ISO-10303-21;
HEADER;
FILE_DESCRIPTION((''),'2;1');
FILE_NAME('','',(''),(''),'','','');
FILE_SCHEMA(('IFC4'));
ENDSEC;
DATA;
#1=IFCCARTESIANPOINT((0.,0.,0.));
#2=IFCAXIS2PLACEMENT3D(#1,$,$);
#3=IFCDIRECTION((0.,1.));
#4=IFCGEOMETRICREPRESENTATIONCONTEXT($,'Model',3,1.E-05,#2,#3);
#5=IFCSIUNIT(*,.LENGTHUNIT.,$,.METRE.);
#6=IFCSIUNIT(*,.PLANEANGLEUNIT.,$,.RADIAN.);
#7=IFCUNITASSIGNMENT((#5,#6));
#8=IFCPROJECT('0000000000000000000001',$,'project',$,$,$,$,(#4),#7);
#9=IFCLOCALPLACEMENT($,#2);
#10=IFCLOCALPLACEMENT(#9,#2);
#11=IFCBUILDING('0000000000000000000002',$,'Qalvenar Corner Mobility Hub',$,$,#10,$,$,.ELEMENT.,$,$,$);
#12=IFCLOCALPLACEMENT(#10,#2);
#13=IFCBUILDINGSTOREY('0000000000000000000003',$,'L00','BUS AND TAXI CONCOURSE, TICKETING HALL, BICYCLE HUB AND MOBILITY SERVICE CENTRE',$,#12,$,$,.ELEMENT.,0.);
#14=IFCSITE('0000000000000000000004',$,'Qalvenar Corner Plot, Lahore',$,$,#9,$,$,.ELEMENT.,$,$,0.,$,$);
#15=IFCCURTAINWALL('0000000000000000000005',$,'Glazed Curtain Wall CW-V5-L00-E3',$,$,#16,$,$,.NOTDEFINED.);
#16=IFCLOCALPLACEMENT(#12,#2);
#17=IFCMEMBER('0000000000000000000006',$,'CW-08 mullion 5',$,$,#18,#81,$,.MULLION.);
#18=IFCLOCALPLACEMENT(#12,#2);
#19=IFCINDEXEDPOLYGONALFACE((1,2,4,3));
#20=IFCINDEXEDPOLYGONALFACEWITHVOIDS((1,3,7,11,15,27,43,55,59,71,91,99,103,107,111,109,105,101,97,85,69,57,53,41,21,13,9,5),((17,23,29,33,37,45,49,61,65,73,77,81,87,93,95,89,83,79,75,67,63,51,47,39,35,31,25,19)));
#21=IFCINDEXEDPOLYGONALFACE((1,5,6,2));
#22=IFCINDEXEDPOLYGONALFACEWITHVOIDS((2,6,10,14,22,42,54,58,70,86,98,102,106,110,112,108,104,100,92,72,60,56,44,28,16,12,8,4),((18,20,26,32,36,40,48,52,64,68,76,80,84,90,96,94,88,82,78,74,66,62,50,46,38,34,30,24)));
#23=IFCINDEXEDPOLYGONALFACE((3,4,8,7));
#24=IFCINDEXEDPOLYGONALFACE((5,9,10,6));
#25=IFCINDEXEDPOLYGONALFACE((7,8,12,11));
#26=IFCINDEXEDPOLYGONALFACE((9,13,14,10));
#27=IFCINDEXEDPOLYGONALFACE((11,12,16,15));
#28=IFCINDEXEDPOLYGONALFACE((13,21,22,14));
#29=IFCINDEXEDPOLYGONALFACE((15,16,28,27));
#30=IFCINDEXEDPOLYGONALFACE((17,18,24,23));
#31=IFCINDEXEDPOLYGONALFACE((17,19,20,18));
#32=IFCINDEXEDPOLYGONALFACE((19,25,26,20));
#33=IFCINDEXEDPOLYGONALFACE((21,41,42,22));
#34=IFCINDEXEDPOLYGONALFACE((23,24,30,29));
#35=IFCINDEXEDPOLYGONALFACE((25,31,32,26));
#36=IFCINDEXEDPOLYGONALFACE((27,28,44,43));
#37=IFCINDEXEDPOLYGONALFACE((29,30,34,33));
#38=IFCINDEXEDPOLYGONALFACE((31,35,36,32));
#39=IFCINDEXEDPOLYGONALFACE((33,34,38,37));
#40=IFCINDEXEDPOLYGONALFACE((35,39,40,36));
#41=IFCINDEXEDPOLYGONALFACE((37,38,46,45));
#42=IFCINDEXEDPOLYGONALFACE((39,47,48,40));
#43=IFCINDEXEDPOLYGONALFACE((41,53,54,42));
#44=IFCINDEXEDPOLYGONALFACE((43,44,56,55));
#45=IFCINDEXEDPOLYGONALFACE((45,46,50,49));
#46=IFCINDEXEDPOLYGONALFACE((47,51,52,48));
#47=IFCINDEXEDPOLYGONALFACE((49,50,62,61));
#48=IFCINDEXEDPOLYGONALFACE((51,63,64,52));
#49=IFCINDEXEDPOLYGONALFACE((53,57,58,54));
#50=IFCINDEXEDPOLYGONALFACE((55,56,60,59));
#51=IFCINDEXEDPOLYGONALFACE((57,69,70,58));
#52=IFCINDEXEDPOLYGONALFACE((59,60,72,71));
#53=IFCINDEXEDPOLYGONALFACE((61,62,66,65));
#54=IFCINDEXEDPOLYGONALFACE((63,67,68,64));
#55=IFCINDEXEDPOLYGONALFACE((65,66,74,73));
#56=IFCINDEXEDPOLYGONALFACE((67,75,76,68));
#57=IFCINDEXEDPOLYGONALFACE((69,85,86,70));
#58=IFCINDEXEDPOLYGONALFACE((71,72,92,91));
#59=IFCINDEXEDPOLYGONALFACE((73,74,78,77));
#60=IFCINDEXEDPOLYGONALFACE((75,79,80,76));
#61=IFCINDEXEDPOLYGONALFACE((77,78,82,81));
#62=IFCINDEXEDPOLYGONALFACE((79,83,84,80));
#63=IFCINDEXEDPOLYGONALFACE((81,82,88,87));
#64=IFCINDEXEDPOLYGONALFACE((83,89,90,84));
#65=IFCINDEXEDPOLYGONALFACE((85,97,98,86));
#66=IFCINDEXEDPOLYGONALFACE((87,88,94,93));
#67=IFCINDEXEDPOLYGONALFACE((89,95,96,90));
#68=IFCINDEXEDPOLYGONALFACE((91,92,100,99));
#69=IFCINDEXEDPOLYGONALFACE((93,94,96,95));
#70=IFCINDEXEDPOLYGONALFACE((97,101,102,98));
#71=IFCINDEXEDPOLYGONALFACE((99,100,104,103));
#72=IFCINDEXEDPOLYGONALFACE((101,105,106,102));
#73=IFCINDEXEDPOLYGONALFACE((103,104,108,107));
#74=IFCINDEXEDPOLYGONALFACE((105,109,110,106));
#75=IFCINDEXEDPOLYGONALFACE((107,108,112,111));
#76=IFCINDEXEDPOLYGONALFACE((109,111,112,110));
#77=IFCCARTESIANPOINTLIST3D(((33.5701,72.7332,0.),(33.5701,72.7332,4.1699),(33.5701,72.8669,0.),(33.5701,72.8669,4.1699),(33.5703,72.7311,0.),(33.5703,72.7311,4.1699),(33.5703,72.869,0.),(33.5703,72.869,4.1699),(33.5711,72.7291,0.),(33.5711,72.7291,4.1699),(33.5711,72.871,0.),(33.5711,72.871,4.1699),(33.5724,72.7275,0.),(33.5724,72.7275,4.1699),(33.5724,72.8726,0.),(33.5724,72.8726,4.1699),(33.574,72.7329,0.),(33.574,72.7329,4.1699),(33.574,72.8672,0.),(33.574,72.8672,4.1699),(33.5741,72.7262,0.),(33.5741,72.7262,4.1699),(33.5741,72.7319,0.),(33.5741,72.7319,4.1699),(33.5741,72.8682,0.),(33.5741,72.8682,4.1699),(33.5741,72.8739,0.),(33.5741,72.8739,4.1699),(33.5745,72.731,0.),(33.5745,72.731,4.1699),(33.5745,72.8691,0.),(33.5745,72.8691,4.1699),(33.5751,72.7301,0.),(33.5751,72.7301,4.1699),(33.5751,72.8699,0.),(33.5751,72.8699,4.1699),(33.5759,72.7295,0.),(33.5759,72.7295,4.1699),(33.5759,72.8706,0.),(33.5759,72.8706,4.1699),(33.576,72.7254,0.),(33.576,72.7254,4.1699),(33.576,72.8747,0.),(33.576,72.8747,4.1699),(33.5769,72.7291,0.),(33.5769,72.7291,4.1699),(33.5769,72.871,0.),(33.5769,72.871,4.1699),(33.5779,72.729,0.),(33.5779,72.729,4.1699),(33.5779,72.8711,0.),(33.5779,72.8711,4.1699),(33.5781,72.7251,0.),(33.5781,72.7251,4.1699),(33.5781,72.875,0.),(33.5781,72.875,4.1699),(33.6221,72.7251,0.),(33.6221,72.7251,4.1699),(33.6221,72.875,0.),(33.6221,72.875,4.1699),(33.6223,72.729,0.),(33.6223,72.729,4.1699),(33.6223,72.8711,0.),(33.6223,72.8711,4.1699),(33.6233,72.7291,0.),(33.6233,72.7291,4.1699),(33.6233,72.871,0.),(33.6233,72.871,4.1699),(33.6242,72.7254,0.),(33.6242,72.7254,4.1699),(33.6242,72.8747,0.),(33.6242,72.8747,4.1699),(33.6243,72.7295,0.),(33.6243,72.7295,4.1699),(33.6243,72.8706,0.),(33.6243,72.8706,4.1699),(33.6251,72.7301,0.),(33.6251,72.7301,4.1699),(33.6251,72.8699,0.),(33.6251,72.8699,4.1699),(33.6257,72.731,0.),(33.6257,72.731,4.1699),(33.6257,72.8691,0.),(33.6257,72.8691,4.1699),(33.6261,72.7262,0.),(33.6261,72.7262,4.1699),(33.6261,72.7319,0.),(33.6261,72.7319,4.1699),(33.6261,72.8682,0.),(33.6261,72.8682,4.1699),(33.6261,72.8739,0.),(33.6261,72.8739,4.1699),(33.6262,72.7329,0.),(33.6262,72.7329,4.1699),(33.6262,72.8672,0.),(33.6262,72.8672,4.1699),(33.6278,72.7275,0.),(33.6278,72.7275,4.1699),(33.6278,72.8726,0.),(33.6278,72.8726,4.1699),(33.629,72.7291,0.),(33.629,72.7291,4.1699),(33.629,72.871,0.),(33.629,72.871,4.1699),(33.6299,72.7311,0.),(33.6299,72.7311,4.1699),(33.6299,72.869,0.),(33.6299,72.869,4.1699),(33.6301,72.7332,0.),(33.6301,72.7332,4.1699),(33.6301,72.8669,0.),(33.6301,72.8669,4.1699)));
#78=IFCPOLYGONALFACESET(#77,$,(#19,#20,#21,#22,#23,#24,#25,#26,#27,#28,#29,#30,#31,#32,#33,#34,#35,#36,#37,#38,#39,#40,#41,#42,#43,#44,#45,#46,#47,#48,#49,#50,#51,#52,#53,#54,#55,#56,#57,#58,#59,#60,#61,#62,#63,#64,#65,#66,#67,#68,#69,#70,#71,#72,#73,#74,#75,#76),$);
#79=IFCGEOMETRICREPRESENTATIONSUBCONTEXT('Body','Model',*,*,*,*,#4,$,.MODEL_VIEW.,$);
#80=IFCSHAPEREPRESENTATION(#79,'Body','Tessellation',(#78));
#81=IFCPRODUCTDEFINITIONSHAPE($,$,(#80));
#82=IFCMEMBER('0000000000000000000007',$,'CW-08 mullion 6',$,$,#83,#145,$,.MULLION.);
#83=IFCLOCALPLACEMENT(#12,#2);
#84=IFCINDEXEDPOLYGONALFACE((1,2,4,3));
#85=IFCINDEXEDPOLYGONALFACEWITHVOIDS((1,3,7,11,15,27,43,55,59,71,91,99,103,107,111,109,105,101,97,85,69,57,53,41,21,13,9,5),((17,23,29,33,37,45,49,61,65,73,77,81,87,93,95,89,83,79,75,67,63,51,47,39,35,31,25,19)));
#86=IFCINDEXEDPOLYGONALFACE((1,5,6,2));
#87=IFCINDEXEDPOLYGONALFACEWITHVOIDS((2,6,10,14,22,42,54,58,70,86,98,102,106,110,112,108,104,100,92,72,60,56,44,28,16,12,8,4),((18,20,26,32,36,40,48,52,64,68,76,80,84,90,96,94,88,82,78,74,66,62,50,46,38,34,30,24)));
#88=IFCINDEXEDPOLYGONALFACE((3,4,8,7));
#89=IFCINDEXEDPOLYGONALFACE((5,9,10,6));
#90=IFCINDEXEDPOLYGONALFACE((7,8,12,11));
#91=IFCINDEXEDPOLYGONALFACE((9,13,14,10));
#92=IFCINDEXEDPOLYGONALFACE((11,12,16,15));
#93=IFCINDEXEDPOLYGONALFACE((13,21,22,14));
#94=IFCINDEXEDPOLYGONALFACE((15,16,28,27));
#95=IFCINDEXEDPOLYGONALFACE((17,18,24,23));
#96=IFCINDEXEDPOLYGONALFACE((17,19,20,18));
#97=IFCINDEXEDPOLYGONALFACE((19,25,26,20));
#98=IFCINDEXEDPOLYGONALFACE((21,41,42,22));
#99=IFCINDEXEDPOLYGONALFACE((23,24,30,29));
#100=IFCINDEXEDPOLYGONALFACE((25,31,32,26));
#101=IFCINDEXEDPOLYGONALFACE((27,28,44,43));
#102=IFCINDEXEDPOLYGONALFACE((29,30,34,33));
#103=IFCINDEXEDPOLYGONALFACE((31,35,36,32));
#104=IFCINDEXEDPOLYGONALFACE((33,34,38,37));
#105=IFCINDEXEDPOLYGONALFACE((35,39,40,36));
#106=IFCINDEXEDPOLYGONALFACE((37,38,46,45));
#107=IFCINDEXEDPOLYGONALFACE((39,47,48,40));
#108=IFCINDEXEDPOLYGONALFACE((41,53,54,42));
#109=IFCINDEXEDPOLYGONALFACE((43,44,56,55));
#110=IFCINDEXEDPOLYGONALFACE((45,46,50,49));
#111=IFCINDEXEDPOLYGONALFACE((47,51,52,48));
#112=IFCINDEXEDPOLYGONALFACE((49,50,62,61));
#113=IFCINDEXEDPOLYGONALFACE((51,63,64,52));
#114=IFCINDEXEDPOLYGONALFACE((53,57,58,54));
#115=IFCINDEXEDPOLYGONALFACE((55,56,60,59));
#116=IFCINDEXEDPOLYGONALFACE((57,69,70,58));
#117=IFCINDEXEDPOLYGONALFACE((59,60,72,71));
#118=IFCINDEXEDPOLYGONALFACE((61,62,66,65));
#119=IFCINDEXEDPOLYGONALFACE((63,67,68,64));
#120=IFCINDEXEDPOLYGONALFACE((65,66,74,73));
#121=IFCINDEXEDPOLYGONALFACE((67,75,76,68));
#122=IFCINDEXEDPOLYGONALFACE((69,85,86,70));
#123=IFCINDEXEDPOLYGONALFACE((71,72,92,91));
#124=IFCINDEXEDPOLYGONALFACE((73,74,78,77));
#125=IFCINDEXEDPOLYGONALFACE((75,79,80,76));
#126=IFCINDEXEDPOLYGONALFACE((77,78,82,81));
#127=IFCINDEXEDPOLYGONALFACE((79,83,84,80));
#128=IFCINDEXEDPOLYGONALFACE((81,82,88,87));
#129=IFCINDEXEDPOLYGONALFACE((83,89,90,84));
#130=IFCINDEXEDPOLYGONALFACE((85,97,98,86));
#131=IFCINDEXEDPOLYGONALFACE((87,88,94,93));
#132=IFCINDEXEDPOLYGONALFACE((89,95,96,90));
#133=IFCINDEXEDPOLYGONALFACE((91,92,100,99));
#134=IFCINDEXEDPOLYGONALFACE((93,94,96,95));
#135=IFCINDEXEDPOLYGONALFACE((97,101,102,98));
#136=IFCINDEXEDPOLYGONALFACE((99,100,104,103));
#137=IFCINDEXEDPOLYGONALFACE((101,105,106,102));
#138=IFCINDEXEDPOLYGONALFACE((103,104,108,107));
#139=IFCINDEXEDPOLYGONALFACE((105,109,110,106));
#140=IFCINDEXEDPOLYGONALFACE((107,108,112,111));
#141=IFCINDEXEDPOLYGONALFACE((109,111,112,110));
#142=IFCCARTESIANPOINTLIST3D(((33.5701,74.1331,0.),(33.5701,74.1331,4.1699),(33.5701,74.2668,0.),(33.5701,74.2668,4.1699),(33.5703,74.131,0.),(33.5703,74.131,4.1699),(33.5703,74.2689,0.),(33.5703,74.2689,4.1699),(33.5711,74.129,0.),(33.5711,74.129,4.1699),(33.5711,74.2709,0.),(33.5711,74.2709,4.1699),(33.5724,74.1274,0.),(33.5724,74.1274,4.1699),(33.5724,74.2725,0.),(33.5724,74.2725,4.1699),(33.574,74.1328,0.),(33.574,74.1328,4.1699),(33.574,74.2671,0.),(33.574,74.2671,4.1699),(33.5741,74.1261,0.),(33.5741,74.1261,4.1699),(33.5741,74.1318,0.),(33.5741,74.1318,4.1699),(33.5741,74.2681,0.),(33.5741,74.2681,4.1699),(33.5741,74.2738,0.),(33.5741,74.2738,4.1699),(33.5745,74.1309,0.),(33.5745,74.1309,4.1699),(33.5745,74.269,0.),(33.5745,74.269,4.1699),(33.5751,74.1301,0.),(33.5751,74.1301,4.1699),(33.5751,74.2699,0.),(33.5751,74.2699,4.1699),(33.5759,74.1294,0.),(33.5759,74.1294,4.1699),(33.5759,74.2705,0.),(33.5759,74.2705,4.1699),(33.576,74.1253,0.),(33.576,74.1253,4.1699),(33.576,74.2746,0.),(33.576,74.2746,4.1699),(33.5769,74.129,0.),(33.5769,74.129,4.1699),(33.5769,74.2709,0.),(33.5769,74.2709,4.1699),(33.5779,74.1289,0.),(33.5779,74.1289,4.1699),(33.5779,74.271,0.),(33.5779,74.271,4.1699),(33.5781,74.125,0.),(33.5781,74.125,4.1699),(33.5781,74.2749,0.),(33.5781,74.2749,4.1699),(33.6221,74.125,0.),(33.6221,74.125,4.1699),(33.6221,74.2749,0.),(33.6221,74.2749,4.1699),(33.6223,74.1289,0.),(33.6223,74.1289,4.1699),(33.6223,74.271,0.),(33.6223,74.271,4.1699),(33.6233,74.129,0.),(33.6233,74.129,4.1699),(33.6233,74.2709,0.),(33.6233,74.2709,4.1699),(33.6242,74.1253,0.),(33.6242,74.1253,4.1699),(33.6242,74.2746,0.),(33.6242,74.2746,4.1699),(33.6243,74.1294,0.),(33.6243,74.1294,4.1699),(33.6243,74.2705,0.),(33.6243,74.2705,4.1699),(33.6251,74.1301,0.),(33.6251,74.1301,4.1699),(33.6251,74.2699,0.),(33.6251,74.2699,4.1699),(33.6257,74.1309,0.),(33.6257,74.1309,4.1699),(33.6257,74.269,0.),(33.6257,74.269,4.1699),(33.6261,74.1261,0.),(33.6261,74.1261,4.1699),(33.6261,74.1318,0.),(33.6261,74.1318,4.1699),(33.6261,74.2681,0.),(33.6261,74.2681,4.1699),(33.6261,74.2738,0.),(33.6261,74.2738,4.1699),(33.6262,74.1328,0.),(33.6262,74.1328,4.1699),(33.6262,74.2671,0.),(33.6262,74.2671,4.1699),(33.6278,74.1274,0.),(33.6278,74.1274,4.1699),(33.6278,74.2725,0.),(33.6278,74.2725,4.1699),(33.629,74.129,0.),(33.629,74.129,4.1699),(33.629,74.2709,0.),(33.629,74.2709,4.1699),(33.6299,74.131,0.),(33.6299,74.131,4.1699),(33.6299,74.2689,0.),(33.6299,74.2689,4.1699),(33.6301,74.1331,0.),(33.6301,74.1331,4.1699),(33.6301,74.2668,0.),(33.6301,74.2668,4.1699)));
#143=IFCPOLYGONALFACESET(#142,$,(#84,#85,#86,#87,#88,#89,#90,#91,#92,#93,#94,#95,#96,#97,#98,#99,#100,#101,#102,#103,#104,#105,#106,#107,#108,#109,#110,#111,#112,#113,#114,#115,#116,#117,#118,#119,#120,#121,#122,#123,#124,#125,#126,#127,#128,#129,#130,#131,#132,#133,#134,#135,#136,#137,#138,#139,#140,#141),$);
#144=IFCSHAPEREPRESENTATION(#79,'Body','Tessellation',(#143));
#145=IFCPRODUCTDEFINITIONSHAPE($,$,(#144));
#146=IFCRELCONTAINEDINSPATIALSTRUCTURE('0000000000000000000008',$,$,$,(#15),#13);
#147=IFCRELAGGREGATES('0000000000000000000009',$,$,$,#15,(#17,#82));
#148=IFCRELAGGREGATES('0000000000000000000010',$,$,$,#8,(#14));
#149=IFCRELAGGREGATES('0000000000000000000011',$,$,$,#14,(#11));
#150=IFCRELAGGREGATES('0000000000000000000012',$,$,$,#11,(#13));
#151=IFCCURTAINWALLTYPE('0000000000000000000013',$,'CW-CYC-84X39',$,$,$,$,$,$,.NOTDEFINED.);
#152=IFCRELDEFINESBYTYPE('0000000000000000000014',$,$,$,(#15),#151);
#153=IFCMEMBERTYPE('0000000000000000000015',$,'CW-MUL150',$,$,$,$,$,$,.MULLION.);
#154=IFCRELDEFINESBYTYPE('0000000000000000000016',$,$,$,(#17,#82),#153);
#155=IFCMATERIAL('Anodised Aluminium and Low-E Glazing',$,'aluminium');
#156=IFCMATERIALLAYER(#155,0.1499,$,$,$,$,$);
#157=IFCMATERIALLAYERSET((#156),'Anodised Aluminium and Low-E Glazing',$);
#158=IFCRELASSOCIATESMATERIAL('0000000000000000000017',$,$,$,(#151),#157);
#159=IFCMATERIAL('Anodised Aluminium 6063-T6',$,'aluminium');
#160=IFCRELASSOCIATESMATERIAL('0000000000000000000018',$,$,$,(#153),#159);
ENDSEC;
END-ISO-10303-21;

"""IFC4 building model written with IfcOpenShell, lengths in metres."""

from ifc_helpers import new_model, si_unit, direction, frame, origin, origin_2d, place, context, subcontext, project, spatial, hollow_rectangle, extrude, material, layer, layer_set, material_profile, profile_set, type_object, element, aggregate, save


model = new_model("IFC4")

# Units and contexts
model_context = context("Model", 3, precision=1e-05, world=origin(), true_north=direction((0.0, 1.0)))
body_context = subcontext(model_context, "Body", "Model", "MODEL_VIEW")
ifc_project = project(units=[si_unit("LENGTHUNIT", "METRE"), si_unit("PLANEANGLEUNIT", "RADIAN")], contexts=[model_context])

# Site, building, storey
site_placement = place(None, origin())
site = spatial("IfcSite", under=ifc_project, at=site_placement, Name="Qalvenar Corner Plot, Lahore", CompositionType="ELEMENT", RefElevation=0.0)
building_placement = place(site_placement, origin())
building = spatial("IfcBuilding", under=site, at=building_placement, Name="Qalvenar Corner Mobility Hub", CompositionType="ELEMENT")
storey_placement = place(building_placement, origin())
storey = spatial("IfcBuildingStorey", under=building, at=storey_placement, Name="L00", Description="BUS AND TAXI CONCOURSE, TICKETING HALL, BICYCLE HUB AND MOBILITY SERVICE CENTRE", CompositionType="ELEMENT", Elevation=0.0)

# Curtain wall, members
ifc_material_1 = material(Name="Anodised Aluminium and Low-E Glazing", Category="aluminium")
ifc_layer_1 = layer(ifc_material_1, 0.1499)
ifc_layer_set_1 = layer_set([ifc_layer_1], Name="Anodised Aluminium and Low-E Glazing")
curtain_wall_type = type_object("IfcCurtainWallType", Name="CW-CYC-84X39", PredefinedType="NOTDEFINED", material=ifc_layer_set_1)
curtain_wall_placement = place(storey_placement, origin())
curtain_wall = element("IfcCurtainWall", 1, at=curtain_wall_placement, inside=storey, type_object=curtain_wall_type, Name="Glazed Curtain Wall CW-V5-L00-E3", PredefinedType="NOTDEFINED")
ifc_material_2 = material(Name="Anodised Aluminium 6063-T6", Category="aluminium")
ifc_material_profile_1 = material_profile(ifc_material_2, hollow_rectangle(XDim=0.0601, YDim=0.1499, WallThickness=0.0039, InnerFilletRadius=0.0039, OuterFilletRadius=0.0081, at=origin_2d()), Name="RHS150x60x4")
ifc_profile_set_1 = profile_set([ifc_material_profile_1], Name="Anodised Aluminium 6063-T6")
member_type_1 = type_object("IfcMemberType", Name="CW-MUL150", PredefinedType="MULLION", material=ifc_profile_set_1)
member_1_placement = place(storey_placement, frame((33.6001, 72.8, 0.0), z_axis=(0.0, 0.0, 1.0), x_axis=(-1.0, 0.0, 0.0)))
member_1 = element("IfcMember", 2, at=member_1_placement, type_object=member_type_1, Name="CW-08 mullion 5", PredefinedType="MULLION", context=body_context, shape_type="SweptSolid", body=[
    extrude(hollow_rectangle(XDim=0.0601, YDim=0.1499, WallThickness=0.0039, InnerFilletRadius=0.0039, OuterFilletRadius=0.0081, at=origin_2d()), origin(), (0.0, 0.0, 1.0), 4.1699),
])
member_2_placement = place(storey_placement, frame((33.6001, 74.2, 0.0), z_axis=(0.0, 0.0, 1.0), x_axis=(-1.0, 0.0, 0.0)))
member_2 = element("IfcMember", 3, at=member_2_placement, type_object=member_type_1, Name="CW-08 mullion 6", PredefinedType="MULLION", context=body_context, shape_type="SweptSolid", body=[
    extrude(hollow_rectangle(XDim=0.0601, YDim=0.1499, WallThickness=0.0039, InnerFilletRadius=0.0039, OuterFilletRadius=0.0081, at=origin_2d()), origin(), (0.0, 0.0, 1.0), 4.1699),
])
aggregate(curtain_wall, [member_1, member_2])

save(model, "model.ifc")
